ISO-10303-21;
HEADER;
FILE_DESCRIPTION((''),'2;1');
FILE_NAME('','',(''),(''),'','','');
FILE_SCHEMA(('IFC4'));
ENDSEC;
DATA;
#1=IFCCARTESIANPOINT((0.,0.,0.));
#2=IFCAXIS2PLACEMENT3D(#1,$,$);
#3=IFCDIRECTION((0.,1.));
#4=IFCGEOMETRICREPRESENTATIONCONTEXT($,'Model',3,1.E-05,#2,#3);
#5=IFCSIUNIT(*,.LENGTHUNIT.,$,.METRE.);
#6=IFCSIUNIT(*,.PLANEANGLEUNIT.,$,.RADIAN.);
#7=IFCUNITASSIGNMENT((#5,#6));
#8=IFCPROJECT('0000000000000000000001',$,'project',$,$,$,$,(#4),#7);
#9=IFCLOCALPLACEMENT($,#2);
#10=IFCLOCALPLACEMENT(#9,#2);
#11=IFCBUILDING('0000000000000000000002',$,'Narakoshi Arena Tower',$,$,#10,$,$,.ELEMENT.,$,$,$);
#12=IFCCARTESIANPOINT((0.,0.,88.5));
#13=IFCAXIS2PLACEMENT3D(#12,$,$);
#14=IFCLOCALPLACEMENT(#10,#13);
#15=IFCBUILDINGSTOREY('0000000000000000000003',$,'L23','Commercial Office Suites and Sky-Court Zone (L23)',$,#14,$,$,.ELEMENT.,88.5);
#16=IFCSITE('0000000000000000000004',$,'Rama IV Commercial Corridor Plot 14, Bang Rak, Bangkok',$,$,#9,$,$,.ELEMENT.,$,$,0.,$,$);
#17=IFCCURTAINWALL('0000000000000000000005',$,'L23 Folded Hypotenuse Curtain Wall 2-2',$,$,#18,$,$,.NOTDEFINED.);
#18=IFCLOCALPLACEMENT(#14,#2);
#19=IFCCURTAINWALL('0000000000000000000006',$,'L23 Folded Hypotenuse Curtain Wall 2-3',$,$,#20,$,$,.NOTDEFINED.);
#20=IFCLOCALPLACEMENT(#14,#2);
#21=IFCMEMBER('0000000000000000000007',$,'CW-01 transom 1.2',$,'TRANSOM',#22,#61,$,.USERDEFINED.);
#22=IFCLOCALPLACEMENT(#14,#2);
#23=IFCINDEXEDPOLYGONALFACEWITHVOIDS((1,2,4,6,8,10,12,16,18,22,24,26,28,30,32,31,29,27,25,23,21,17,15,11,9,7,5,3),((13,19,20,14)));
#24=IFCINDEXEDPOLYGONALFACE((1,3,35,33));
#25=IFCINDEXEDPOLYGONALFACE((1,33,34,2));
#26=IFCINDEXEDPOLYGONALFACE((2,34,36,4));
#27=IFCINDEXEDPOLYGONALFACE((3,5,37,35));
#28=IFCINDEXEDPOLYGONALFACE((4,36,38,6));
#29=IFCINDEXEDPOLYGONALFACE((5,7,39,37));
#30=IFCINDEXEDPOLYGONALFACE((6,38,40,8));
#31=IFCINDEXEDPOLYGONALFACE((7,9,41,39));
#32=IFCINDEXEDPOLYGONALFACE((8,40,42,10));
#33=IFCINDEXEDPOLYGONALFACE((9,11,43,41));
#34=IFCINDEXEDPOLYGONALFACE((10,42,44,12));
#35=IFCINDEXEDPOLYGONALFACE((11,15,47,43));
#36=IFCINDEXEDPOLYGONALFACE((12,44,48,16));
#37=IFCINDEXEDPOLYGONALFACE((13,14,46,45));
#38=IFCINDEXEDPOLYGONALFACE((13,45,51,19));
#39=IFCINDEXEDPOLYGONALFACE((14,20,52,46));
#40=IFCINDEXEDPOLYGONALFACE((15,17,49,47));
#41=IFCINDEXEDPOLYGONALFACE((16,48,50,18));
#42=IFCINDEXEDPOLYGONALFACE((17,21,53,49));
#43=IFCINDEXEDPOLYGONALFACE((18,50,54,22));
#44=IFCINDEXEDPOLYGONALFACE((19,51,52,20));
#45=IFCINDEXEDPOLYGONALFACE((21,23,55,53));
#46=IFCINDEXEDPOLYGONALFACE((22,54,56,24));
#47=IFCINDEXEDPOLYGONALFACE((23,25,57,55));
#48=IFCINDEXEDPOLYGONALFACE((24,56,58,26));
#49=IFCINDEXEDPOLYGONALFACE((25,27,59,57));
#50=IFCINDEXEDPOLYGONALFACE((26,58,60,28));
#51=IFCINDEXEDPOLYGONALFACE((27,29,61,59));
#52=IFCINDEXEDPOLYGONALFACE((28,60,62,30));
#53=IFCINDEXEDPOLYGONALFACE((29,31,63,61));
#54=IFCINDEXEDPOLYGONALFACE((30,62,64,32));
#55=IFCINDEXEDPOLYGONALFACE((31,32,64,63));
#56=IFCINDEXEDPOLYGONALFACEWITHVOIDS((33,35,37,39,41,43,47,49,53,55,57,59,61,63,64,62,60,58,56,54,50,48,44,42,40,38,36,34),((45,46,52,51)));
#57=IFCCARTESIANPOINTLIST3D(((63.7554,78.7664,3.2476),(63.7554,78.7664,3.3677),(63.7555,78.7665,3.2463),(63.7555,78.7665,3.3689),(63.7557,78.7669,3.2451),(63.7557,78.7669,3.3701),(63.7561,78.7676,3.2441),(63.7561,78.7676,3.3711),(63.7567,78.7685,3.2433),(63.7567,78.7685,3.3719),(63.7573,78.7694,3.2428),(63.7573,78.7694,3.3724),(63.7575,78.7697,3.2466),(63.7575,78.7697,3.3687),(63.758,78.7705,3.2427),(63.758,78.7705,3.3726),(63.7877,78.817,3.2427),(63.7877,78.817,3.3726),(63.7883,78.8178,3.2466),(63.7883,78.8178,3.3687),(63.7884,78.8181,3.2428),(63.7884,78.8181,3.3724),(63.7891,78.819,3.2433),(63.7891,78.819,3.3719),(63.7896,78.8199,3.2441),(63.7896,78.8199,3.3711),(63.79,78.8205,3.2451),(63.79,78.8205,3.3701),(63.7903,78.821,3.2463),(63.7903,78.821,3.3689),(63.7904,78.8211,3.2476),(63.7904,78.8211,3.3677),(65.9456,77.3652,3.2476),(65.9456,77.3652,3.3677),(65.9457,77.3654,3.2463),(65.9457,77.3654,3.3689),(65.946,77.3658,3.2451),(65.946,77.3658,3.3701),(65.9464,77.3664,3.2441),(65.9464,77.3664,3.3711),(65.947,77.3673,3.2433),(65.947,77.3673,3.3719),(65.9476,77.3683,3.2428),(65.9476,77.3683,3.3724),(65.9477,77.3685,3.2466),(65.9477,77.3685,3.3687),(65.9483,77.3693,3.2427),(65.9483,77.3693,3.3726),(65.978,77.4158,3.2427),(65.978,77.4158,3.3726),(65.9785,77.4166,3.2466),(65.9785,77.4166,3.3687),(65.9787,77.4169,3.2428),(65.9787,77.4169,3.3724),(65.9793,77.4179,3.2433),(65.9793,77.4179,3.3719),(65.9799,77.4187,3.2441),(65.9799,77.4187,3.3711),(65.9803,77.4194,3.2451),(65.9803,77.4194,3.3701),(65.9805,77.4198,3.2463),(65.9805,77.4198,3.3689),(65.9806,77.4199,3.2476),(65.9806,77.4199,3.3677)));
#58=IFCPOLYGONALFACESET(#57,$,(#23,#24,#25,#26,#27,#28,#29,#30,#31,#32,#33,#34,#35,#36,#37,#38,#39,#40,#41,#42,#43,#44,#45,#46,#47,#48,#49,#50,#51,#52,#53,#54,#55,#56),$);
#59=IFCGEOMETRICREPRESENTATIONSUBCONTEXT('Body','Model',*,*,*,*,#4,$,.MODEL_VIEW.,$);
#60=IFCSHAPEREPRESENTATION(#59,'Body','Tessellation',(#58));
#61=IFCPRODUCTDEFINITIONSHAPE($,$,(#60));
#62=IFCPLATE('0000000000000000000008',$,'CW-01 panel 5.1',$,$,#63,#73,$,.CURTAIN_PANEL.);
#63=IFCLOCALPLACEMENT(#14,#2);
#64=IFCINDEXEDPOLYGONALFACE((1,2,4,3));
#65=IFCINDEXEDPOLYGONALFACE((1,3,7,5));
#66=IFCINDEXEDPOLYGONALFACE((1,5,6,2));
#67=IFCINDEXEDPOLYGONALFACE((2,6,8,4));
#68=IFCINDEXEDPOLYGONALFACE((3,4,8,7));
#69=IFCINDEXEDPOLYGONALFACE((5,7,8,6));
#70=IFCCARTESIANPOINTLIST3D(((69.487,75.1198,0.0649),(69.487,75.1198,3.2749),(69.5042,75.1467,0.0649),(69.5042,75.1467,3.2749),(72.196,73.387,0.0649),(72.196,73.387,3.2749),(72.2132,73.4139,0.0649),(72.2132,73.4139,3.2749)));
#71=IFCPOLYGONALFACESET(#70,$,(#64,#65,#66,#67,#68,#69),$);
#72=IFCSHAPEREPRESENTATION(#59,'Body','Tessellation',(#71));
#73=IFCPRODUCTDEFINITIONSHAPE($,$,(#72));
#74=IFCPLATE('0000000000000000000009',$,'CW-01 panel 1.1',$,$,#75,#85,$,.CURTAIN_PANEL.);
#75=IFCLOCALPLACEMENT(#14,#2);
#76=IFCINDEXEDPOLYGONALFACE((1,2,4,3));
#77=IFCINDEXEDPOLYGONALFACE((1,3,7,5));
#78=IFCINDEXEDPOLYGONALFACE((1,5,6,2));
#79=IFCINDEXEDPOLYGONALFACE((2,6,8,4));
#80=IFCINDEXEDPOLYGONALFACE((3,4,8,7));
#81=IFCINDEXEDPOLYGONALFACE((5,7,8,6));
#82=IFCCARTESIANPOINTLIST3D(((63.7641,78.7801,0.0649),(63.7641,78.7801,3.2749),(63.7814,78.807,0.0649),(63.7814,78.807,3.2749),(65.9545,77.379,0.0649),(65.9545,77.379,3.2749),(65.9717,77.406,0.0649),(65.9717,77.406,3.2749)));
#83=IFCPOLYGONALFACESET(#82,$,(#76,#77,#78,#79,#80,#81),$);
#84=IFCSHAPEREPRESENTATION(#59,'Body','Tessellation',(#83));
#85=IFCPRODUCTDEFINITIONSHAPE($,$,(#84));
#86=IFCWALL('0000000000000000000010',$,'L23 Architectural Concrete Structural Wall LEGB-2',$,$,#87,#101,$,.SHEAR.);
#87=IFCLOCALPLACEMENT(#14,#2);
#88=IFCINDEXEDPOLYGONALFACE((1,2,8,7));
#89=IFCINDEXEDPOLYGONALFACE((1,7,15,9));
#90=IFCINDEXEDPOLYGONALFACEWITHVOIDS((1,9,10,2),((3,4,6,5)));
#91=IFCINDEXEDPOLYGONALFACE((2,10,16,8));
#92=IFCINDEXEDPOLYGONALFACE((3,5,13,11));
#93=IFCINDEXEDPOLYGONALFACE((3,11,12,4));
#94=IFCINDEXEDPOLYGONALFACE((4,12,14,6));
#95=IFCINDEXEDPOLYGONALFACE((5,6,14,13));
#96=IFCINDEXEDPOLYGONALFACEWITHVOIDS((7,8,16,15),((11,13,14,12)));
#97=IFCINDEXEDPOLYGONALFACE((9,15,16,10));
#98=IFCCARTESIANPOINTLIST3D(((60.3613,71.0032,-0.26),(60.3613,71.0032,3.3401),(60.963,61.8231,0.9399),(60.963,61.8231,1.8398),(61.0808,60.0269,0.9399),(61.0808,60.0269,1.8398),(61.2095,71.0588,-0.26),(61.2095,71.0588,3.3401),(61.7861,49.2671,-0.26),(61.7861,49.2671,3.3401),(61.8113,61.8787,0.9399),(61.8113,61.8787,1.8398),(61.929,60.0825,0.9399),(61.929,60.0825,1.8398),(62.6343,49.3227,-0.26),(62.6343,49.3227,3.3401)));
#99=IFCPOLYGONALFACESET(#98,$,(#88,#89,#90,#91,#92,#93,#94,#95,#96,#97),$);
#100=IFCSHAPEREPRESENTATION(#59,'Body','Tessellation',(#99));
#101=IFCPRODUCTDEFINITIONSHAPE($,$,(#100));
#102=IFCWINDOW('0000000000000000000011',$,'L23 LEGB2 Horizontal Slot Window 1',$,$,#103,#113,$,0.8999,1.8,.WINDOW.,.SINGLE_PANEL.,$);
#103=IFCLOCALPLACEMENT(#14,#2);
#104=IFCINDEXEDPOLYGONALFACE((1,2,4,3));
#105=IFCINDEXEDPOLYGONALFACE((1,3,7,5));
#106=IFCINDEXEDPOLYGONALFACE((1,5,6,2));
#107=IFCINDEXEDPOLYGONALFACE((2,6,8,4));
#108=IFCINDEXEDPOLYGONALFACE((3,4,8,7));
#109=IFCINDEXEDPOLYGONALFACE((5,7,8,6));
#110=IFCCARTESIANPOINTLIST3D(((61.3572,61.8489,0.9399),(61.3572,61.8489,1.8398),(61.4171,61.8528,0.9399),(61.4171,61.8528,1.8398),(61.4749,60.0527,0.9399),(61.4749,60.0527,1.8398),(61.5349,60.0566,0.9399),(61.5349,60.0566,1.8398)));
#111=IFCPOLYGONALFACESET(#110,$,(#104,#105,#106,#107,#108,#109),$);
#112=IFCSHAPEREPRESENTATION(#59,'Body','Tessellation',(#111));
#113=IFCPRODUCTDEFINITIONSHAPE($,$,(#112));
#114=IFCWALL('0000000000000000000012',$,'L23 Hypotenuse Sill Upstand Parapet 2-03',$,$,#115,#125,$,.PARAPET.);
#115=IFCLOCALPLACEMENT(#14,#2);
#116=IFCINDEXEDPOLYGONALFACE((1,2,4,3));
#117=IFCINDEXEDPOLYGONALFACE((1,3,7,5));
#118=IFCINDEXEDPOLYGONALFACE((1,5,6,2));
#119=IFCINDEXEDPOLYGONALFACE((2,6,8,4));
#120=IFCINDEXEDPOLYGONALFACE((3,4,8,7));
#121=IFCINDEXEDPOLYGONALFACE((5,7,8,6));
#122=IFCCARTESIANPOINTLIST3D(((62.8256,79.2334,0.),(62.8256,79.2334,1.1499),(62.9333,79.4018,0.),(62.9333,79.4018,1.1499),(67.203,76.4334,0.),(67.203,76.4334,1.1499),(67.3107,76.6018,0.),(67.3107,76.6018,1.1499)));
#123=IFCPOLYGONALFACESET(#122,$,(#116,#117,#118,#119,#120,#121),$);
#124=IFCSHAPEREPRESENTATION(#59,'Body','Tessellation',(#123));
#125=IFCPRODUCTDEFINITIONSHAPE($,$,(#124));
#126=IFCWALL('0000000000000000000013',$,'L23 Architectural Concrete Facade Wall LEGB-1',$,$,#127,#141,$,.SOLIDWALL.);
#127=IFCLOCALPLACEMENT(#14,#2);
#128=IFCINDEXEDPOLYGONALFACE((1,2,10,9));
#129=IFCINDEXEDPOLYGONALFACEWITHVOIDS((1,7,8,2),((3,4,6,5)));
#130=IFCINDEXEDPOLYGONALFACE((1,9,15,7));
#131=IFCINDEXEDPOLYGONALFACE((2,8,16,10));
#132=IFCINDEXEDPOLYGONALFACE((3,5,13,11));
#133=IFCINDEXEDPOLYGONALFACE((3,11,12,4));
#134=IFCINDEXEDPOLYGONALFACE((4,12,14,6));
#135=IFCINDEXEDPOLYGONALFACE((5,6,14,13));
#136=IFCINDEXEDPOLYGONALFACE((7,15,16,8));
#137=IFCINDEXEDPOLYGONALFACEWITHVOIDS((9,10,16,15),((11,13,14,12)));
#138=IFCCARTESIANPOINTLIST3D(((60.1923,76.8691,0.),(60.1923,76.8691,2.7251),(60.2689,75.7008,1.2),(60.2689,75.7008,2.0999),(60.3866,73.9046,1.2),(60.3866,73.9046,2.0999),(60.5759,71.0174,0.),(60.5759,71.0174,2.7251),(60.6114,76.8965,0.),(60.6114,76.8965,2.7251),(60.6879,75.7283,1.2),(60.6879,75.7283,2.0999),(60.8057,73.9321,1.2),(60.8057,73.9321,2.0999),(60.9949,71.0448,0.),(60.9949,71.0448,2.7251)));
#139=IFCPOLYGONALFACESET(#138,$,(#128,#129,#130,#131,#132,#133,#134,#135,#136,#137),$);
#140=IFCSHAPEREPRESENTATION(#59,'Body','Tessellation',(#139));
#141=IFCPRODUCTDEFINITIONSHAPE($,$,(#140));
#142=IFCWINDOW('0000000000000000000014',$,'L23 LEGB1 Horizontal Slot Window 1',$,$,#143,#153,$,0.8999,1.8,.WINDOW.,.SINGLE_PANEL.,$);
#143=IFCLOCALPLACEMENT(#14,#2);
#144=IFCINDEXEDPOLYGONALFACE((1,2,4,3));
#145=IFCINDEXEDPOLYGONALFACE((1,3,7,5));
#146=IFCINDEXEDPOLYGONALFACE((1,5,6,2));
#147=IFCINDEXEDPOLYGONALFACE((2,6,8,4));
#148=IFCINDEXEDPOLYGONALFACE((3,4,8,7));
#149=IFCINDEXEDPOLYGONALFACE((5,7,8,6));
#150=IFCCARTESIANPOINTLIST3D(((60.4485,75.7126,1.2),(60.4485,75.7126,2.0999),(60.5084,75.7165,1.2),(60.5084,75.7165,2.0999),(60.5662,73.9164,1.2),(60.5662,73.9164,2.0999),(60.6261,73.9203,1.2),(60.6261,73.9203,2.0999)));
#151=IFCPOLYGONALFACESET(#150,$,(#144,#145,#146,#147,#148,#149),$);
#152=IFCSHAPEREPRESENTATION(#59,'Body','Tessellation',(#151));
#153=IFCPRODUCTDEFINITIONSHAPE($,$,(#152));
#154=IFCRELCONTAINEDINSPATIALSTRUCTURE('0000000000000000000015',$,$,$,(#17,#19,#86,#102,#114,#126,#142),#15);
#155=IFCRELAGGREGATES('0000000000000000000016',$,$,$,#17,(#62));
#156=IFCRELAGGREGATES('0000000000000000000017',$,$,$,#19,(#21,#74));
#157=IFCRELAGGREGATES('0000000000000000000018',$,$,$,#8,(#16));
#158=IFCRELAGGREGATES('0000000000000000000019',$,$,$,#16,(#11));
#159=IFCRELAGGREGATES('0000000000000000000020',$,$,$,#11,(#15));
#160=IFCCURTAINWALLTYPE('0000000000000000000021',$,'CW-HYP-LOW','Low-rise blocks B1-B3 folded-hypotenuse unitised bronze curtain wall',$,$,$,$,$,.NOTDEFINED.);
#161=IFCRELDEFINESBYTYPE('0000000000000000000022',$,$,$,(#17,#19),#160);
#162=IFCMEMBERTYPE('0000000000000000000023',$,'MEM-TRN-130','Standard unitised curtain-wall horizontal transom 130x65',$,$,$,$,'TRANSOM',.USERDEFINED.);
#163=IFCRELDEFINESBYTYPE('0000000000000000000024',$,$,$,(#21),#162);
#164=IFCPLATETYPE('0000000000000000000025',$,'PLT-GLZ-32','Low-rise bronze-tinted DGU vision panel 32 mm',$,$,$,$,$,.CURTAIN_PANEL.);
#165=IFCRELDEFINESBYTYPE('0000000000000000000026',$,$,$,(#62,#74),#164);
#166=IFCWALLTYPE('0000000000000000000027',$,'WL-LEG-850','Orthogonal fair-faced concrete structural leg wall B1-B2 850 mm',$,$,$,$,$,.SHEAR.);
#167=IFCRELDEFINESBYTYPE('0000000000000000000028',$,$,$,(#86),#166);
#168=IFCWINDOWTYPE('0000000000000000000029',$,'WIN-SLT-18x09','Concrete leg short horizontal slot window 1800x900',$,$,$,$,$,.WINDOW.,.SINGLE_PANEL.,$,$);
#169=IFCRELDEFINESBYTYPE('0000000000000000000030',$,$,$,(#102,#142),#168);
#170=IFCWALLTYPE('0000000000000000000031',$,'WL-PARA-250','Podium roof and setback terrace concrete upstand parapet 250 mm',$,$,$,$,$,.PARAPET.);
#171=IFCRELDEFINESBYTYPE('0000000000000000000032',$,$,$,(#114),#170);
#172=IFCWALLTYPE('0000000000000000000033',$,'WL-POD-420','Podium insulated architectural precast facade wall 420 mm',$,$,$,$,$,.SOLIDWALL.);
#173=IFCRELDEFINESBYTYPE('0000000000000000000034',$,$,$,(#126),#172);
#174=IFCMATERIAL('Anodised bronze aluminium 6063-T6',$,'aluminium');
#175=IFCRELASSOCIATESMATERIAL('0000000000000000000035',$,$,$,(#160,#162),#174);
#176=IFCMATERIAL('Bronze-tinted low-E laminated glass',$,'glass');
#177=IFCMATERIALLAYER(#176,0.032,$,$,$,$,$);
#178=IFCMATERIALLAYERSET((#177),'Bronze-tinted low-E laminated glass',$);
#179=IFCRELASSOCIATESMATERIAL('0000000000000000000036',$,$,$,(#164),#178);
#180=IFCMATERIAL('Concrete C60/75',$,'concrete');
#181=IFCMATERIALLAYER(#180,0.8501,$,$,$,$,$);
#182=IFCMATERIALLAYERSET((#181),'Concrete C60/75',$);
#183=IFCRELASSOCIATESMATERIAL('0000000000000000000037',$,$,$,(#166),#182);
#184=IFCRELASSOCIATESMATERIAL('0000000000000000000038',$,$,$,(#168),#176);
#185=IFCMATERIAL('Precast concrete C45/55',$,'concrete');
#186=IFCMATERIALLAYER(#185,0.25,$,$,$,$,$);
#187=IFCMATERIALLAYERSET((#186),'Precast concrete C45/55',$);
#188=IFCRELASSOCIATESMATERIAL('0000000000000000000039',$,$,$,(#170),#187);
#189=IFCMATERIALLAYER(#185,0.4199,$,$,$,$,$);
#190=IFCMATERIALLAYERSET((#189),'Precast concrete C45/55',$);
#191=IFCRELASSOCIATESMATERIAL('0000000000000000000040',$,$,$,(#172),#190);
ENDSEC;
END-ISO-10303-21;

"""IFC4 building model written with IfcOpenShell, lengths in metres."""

from ifc_helpers import new_model, si_unit, direction, frame, frame_2d, origin, origin_2d, place, context, subcontext, project, spatial, rectangle, hollow_rectangle, extrude, material, layer, layer_set, material_profile, profile_set, type_object, element, fill, aggregate, save


model = new_model("IFC4")

# Units and contexts
model_context = context("Model", 3, precision=1e-05, world=origin(), true_north=direction((0.0, 1.0)))
body_context = subcontext(model_context, "Body", "Model", "MODEL_VIEW")
ifc_project = project(units=[si_unit("LENGTHUNIT", "METRE"), si_unit("PLANEANGLEUNIT", "RADIAN")], contexts=[model_context])

# Site, building, storey
site_placement = place(None, origin())
site = spatial("IfcSite", under=ifc_project, at=site_placement, Name="Rama IV Commercial Corridor Plot 14, Bang Rak, Bangkok", CompositionType="ELEMENT", RefElevation=0.0)
building_placement = place(site_placement, origin())
building = spatial("IfcBuilding", under=site, at=building_placement, Name="Narakoshi Arena Tower", CompositionType="ELEMENT")
storey_placement = place(building_placement, frame((0.0, 0.0, 88.5)))
storey = spatial("IfcBuildingStorey", under=building, at=storey_placement, Name="L23", Description="Commercial Office Suites and Sky-Court Zone (L23)", CompositionType="ELEMENT", Elevation=88.5)

# Shared definitions
ifc_material_1 = material(Name="Concrete C60/75", Category="concrete")

# Curtain wall
ifc_material_2 = material(Name="Anodised bronze aluminium 6063-T6", Category="aluminium")
curtain_wall_type = type_object("IfcCurtainWallType", Name="CW-HYP-LOW", Description="Low-rise blocks B1-B3 folded-hypotenuse unitised bronze curtain wall", PredefinedType="NOTDEFINED", material=ifc_material_2)
curtain_wall_1_placement = place(storey_placement, origin())
curtain_wall_1 = element("IfcCurtainWall", 1, at=curtain_wall_1_placement, inside=storey, type_object=curtain_wall_type, Name="L23 Folded Hypotenuse Curtain Wall 2-2", PredefinedType="NOTDEFINED")

# Curtain wall, member
curtain_wall_2_placement = place(storey_placement, origin())
curtain_wall_2 = element("IfcCurtainWall", 2, at=curtain_wall_2_placement, inside=storey, type_object=curtain_wall_type, Name="L23 Folded Hypotenuse Curtain Wall 2-3", PredefinedType="NOTDEFINED")
ifc_material_profile_1 = material_profile(ifc_material_2, hollow_rectangle(XDim=0.0649, YDim=0.1299, WallThickness=0.0039, OuterFilletRadius=0.0049, at=origin_2d()), Name="TRN130x65x4")
ifc_profile_set_1 = profile_set([ifc_material_profile_1], Name="Anodised bronze aluminium 6063-T6")
member_type_1 = type_object("IfcMemberType", Name="MEM-TRN-130", Description="Standard unitised curtain-wall horizontal transom 130x65", ElementType="TRANSOM", PredefinedType="USERDEFINED", material=ifc_profile_set_1)
member_1_placement = place(storey_placement, frame((65.9631, 77.3926, 3.3076), z_axis=(-0.842375, 0.538891, 0.0), x_axis=(-0.538891, -0.842375, 0.0)))
member_1 = element("IfcMember", 3, at=member_1_placement, type_object=member_type_1, Name="CW-01 transom 1.2", ObjectType="TRANSOM", PredefinedType="USERDEFINED", context=body_context, shape_type="SweptSolid", body=[
    extrude(hollow_rectangle(XDim=0.0649, YDim=0.1299, WallThickness=0.0039, OuterFilletRadius=0.0049, at=origin_2d()), origin(), (0.0, 0.0, 1.0), 2.6001),
])

# Plates
ifc_material_3 = material(Name="Bronze-tinted low-E laminated glass", Category="glass")
ifc_layer_1 = layer(ifc_material_3, 0.032)
ifc_layer_set_1 = layer_set([ifc_layer_1], Name="Bronze-tinted low-E laminated glass")
plate_type = type_object("IfcPlateType", Name="PLT-GLZ-32", Description="Low-rise bronze-tinted DGU vision panel 32 mm", PredefinedType="CURTAIN_PANEL", material=ifc_layer_set_1)
plate_1_placement = place(storey_placement, frame((70.8501, 74.2668, 0.0649), z_axis=(0.0, 0.0, 1.0), x_axis=(-0.842415, 0.538829, 0.0)))
plate_1 = element("IfcPlate", 4, at=plate_1_placement, type_object=plate_type, Name="CW-01 panel 5.1", PredefinedType="CURTAIN_PANEL", context=body_context, shape_type="SweptSolid", body=[
    extrude(rectangle(XDim=3.2158, YDim=0.032, at=origin_2d()), origin(), (0.0, 0.0, 1.0), 3.21),
])
aggregate(curtain_wall_1, [plate_1])
plate_2_placement = place(storey_placement, frame((64.8679, 78.093, 0.0649), z_axis=(0.0, 0.0, 1.0), x_axis=(-0.842407, 0.538841, 0.0)))
plate_2 = element("IfcPlate", 5, at=plate_2_placement, type_object=plate_type, Name="CW-01 panel 1.1", PredefinedType="CURTAIN_PANEL", context=body_context, shape_type="SweptSolid", body=[
    extrude(rectangle(XDim=2.6001, YDim=0.032, at=origin_2d()), origin(), (0.0, 0.0, 1.0), 3.21),
])
aggregate(curtain_wall_2, [member_1, plate_2])

# Wall, opening, window
ifc_layer_2 = layer(ifc_material_1, 0.8501)
ifc_layer_set_2 = layer_set([ifc_layer_2], Name="Concrete C60/75")
wall_type_1 = type_object("IfcWallType", Name="WL-LEG-850", Description="Orthogonal fair-faced concrete structural leg wall B1-B2 850 mm", PredefinedType="SHEAR", material=ifc_layer_set_2)
wall_1_placement = place(storey_placement, frame((60.7854, 71.031, -0.26), z_axis=(0.0, 0.0, 1.0), x_axis=(0.06541, -0.997858, 0.0)))
wall_1 = element("IfcWall", 6, at=wall_1_placement, inside=storey, type_object=wall_type_1, Name="L23 Architectural Concrete Structural Wall LEGB-2", PredefinedType="SHEAR", context=body_context, shape_type="SweptSolid", body=[
    extrude(rectangle(XDim=21.7827, YDim=0.8501, at=frame_2d((10.8914, 0.0))), origin(), (0.0, 0.0, 1.0), 3.6001),
])
opening_1_placement = place(wall_1_placement, frame((9.2, 0.0, 1.2)))
opening_1 = element("IfcOpeningElement", 7, at=opening_1_placement, cuts=wall_1, PredefinedType="OPENING", context=body_context, shape_type="SweptSolid", body=[
    extrude(rectangle(XDim=1.8, YDim=0.8999, at=frame_2d((0.8999, 0.45))), frame((0.0, 0.4351, 0.0), z_axis=(0.0, -1.0, 0.0), x_axis=(1.0, 0.0, 0.0)), (0.0, 0.0, 1.0), 0.8701),
])
window_type_1 = type_object("IfcWindowType", Name="WIN-SLT-18x09", Description="Concrete leg short horizontal slot window 1800x900", PartitioningType="SINGLE_PANEL", PredefinedType="WINDOW", material=ifc_material_3)
window_1_placement = place(opening_1_placement, origin())
window_1 = element("IfcWindow", 8, at=window_1_placement, inside=storey, type_object=window_type_1, Name="L23 LEGB2 Horizontal Slot Window 1", OverallHeight=0.8999, OverallWidth=1.8, PartitioningType="SINGLE_PANEL", PredefinedType="WINDOW", context=body_context, shape_type="SweptSolid", body=[
    extrude(rectangle(XDim=1.8, YDim=0.8999, at=frame_2d((0.8999, 0.45))), frame((0.0, 0.03, 0.0), z_axis=(0.0, -1.0, 0.0), x_axis=(1.0, 0.0, 0.0)), (0.0, 0.0, 1.0), 0.0601),
])
fill(opening_1, window_1)

# Wall
ifc_material_4 = material(Name="Precast concrete C45/55", Category="concrete")
ifc_layer_3 = layer(ifc_material_4, 0.25)
ifc_layer_set_3 = layer_set([ifc_layer_3], Name="Precast concrete C45/55")
wall_type_2 = type_object("IfcWallType", Name="WL-PARA-250", Description="Podium roof and setback terrace concrete upstand parapet 250 mm", PredefinedType="PARAPET", material=ifc_layer_set_3)
wall_2_placement = place(storey_placement, frame((67.2568, 76.5176, 0.0), z_axis=(0.0, 0.0, 1.0), x_axis=(-0.842404, 0.538847, 0.0)))
element("IfcWall", 9, at=wall_2_placement, inside=storey, type_object=wall_type_2, Name="L23 Hypotenuse Sill Upstand Parapet 2-03", PredefinedType="PARAPET", context=body_context, shape_type="SweptSolid", body=[
    extrude(rectangle(XDim=5.1963, YDim=0.2, at=frame_2d((2.5981, 0.0))), origin(), (0.0, 0.0, 1.0), 1.1499),
])

# Wall, opening, window
ifc_layer_4 = layer(ifc_material_4, 0.4199)
ifc_layer_set_4 = layer_set([ifc_layer_4], Name="Precast concrete C45/55")
wall_type_3 = type_object("IfcWallType", Name="WL-POD-420", Description="Podium insulated architectural precast facade wall 420 mm", PredefinedType="SOLIDWALL", material=ifc_layer_set_4)
wall_3_placement = place(storey_placement, frame((60.4019, 76.8828, 0.0), z_axis=(0.0, 0.0, 1.0), x_axis=(0.065403, -0.997859, 0.0)))
wall_3 = element("IfcWall", 10, at=wall_3_placement, inside=storey, type_object=wall_type_3, Name="L23 Architectural Concrete Facade Wall LEGB-1", PredefinedType="SOLIDWALL", context=body_context, shape_type="SweptSolid", body=[
    extrude(rectangle(XDim=5.8643, YDim=0.4199, at=frame_2d((2.9321, 0.0))), origin(), (0.0, 0.0, 1.0), 2.7251),
])
opening_2_placement = place(wall_3_placement, frame((1.1709, 0.0, 1.2)))
opening_2 = element("IfcOpeningElement", 11, at=opening_2_placement, cuts=wall_3, PredefinedType="OPENING", context=body_context, shape_type="SweptSolid", body=[
    extrude(rectangle(XDim=1.8, YDim=0.8999, at=frame_2d((0.8999, 0.45))), frame((0.0, 0.22, 0.0), z_axis=(0.0, -1.0, 0.0), x_axis=(1.0, 0.0, 0.0)), (0.0, 0.0, 1.0), 0.4399),
])
window_2_placement = place(opening_2_placement, origin())
window_2 = element("IfcWindow", 12, at=window_2_placement, inside=storey, type_object=window_type_1, Name="L23 LEGB1 Horizontal Slot Window 1", OverallHeight=0.8999, OverallWidth=1.8, PartitioningType="SINGLE_PANEL", PredefinedType="WINDOW", context=body_context, shape_type="SweptSolid", body=[
    extrude(rectangle(XDim=1.8, YDim=0.8999, at=frame_2d((0.8999, 0.45))), frame((0.0, 0.03, 0.0), z_axis=(0.0, -1.0, 0.0), x_axis=(1.0, 0.0, 0.0)), (0.0, 0.0, 1.0), 0.0601),
])
fill(opening_2, window_2)

save(model, "model.ifc")
